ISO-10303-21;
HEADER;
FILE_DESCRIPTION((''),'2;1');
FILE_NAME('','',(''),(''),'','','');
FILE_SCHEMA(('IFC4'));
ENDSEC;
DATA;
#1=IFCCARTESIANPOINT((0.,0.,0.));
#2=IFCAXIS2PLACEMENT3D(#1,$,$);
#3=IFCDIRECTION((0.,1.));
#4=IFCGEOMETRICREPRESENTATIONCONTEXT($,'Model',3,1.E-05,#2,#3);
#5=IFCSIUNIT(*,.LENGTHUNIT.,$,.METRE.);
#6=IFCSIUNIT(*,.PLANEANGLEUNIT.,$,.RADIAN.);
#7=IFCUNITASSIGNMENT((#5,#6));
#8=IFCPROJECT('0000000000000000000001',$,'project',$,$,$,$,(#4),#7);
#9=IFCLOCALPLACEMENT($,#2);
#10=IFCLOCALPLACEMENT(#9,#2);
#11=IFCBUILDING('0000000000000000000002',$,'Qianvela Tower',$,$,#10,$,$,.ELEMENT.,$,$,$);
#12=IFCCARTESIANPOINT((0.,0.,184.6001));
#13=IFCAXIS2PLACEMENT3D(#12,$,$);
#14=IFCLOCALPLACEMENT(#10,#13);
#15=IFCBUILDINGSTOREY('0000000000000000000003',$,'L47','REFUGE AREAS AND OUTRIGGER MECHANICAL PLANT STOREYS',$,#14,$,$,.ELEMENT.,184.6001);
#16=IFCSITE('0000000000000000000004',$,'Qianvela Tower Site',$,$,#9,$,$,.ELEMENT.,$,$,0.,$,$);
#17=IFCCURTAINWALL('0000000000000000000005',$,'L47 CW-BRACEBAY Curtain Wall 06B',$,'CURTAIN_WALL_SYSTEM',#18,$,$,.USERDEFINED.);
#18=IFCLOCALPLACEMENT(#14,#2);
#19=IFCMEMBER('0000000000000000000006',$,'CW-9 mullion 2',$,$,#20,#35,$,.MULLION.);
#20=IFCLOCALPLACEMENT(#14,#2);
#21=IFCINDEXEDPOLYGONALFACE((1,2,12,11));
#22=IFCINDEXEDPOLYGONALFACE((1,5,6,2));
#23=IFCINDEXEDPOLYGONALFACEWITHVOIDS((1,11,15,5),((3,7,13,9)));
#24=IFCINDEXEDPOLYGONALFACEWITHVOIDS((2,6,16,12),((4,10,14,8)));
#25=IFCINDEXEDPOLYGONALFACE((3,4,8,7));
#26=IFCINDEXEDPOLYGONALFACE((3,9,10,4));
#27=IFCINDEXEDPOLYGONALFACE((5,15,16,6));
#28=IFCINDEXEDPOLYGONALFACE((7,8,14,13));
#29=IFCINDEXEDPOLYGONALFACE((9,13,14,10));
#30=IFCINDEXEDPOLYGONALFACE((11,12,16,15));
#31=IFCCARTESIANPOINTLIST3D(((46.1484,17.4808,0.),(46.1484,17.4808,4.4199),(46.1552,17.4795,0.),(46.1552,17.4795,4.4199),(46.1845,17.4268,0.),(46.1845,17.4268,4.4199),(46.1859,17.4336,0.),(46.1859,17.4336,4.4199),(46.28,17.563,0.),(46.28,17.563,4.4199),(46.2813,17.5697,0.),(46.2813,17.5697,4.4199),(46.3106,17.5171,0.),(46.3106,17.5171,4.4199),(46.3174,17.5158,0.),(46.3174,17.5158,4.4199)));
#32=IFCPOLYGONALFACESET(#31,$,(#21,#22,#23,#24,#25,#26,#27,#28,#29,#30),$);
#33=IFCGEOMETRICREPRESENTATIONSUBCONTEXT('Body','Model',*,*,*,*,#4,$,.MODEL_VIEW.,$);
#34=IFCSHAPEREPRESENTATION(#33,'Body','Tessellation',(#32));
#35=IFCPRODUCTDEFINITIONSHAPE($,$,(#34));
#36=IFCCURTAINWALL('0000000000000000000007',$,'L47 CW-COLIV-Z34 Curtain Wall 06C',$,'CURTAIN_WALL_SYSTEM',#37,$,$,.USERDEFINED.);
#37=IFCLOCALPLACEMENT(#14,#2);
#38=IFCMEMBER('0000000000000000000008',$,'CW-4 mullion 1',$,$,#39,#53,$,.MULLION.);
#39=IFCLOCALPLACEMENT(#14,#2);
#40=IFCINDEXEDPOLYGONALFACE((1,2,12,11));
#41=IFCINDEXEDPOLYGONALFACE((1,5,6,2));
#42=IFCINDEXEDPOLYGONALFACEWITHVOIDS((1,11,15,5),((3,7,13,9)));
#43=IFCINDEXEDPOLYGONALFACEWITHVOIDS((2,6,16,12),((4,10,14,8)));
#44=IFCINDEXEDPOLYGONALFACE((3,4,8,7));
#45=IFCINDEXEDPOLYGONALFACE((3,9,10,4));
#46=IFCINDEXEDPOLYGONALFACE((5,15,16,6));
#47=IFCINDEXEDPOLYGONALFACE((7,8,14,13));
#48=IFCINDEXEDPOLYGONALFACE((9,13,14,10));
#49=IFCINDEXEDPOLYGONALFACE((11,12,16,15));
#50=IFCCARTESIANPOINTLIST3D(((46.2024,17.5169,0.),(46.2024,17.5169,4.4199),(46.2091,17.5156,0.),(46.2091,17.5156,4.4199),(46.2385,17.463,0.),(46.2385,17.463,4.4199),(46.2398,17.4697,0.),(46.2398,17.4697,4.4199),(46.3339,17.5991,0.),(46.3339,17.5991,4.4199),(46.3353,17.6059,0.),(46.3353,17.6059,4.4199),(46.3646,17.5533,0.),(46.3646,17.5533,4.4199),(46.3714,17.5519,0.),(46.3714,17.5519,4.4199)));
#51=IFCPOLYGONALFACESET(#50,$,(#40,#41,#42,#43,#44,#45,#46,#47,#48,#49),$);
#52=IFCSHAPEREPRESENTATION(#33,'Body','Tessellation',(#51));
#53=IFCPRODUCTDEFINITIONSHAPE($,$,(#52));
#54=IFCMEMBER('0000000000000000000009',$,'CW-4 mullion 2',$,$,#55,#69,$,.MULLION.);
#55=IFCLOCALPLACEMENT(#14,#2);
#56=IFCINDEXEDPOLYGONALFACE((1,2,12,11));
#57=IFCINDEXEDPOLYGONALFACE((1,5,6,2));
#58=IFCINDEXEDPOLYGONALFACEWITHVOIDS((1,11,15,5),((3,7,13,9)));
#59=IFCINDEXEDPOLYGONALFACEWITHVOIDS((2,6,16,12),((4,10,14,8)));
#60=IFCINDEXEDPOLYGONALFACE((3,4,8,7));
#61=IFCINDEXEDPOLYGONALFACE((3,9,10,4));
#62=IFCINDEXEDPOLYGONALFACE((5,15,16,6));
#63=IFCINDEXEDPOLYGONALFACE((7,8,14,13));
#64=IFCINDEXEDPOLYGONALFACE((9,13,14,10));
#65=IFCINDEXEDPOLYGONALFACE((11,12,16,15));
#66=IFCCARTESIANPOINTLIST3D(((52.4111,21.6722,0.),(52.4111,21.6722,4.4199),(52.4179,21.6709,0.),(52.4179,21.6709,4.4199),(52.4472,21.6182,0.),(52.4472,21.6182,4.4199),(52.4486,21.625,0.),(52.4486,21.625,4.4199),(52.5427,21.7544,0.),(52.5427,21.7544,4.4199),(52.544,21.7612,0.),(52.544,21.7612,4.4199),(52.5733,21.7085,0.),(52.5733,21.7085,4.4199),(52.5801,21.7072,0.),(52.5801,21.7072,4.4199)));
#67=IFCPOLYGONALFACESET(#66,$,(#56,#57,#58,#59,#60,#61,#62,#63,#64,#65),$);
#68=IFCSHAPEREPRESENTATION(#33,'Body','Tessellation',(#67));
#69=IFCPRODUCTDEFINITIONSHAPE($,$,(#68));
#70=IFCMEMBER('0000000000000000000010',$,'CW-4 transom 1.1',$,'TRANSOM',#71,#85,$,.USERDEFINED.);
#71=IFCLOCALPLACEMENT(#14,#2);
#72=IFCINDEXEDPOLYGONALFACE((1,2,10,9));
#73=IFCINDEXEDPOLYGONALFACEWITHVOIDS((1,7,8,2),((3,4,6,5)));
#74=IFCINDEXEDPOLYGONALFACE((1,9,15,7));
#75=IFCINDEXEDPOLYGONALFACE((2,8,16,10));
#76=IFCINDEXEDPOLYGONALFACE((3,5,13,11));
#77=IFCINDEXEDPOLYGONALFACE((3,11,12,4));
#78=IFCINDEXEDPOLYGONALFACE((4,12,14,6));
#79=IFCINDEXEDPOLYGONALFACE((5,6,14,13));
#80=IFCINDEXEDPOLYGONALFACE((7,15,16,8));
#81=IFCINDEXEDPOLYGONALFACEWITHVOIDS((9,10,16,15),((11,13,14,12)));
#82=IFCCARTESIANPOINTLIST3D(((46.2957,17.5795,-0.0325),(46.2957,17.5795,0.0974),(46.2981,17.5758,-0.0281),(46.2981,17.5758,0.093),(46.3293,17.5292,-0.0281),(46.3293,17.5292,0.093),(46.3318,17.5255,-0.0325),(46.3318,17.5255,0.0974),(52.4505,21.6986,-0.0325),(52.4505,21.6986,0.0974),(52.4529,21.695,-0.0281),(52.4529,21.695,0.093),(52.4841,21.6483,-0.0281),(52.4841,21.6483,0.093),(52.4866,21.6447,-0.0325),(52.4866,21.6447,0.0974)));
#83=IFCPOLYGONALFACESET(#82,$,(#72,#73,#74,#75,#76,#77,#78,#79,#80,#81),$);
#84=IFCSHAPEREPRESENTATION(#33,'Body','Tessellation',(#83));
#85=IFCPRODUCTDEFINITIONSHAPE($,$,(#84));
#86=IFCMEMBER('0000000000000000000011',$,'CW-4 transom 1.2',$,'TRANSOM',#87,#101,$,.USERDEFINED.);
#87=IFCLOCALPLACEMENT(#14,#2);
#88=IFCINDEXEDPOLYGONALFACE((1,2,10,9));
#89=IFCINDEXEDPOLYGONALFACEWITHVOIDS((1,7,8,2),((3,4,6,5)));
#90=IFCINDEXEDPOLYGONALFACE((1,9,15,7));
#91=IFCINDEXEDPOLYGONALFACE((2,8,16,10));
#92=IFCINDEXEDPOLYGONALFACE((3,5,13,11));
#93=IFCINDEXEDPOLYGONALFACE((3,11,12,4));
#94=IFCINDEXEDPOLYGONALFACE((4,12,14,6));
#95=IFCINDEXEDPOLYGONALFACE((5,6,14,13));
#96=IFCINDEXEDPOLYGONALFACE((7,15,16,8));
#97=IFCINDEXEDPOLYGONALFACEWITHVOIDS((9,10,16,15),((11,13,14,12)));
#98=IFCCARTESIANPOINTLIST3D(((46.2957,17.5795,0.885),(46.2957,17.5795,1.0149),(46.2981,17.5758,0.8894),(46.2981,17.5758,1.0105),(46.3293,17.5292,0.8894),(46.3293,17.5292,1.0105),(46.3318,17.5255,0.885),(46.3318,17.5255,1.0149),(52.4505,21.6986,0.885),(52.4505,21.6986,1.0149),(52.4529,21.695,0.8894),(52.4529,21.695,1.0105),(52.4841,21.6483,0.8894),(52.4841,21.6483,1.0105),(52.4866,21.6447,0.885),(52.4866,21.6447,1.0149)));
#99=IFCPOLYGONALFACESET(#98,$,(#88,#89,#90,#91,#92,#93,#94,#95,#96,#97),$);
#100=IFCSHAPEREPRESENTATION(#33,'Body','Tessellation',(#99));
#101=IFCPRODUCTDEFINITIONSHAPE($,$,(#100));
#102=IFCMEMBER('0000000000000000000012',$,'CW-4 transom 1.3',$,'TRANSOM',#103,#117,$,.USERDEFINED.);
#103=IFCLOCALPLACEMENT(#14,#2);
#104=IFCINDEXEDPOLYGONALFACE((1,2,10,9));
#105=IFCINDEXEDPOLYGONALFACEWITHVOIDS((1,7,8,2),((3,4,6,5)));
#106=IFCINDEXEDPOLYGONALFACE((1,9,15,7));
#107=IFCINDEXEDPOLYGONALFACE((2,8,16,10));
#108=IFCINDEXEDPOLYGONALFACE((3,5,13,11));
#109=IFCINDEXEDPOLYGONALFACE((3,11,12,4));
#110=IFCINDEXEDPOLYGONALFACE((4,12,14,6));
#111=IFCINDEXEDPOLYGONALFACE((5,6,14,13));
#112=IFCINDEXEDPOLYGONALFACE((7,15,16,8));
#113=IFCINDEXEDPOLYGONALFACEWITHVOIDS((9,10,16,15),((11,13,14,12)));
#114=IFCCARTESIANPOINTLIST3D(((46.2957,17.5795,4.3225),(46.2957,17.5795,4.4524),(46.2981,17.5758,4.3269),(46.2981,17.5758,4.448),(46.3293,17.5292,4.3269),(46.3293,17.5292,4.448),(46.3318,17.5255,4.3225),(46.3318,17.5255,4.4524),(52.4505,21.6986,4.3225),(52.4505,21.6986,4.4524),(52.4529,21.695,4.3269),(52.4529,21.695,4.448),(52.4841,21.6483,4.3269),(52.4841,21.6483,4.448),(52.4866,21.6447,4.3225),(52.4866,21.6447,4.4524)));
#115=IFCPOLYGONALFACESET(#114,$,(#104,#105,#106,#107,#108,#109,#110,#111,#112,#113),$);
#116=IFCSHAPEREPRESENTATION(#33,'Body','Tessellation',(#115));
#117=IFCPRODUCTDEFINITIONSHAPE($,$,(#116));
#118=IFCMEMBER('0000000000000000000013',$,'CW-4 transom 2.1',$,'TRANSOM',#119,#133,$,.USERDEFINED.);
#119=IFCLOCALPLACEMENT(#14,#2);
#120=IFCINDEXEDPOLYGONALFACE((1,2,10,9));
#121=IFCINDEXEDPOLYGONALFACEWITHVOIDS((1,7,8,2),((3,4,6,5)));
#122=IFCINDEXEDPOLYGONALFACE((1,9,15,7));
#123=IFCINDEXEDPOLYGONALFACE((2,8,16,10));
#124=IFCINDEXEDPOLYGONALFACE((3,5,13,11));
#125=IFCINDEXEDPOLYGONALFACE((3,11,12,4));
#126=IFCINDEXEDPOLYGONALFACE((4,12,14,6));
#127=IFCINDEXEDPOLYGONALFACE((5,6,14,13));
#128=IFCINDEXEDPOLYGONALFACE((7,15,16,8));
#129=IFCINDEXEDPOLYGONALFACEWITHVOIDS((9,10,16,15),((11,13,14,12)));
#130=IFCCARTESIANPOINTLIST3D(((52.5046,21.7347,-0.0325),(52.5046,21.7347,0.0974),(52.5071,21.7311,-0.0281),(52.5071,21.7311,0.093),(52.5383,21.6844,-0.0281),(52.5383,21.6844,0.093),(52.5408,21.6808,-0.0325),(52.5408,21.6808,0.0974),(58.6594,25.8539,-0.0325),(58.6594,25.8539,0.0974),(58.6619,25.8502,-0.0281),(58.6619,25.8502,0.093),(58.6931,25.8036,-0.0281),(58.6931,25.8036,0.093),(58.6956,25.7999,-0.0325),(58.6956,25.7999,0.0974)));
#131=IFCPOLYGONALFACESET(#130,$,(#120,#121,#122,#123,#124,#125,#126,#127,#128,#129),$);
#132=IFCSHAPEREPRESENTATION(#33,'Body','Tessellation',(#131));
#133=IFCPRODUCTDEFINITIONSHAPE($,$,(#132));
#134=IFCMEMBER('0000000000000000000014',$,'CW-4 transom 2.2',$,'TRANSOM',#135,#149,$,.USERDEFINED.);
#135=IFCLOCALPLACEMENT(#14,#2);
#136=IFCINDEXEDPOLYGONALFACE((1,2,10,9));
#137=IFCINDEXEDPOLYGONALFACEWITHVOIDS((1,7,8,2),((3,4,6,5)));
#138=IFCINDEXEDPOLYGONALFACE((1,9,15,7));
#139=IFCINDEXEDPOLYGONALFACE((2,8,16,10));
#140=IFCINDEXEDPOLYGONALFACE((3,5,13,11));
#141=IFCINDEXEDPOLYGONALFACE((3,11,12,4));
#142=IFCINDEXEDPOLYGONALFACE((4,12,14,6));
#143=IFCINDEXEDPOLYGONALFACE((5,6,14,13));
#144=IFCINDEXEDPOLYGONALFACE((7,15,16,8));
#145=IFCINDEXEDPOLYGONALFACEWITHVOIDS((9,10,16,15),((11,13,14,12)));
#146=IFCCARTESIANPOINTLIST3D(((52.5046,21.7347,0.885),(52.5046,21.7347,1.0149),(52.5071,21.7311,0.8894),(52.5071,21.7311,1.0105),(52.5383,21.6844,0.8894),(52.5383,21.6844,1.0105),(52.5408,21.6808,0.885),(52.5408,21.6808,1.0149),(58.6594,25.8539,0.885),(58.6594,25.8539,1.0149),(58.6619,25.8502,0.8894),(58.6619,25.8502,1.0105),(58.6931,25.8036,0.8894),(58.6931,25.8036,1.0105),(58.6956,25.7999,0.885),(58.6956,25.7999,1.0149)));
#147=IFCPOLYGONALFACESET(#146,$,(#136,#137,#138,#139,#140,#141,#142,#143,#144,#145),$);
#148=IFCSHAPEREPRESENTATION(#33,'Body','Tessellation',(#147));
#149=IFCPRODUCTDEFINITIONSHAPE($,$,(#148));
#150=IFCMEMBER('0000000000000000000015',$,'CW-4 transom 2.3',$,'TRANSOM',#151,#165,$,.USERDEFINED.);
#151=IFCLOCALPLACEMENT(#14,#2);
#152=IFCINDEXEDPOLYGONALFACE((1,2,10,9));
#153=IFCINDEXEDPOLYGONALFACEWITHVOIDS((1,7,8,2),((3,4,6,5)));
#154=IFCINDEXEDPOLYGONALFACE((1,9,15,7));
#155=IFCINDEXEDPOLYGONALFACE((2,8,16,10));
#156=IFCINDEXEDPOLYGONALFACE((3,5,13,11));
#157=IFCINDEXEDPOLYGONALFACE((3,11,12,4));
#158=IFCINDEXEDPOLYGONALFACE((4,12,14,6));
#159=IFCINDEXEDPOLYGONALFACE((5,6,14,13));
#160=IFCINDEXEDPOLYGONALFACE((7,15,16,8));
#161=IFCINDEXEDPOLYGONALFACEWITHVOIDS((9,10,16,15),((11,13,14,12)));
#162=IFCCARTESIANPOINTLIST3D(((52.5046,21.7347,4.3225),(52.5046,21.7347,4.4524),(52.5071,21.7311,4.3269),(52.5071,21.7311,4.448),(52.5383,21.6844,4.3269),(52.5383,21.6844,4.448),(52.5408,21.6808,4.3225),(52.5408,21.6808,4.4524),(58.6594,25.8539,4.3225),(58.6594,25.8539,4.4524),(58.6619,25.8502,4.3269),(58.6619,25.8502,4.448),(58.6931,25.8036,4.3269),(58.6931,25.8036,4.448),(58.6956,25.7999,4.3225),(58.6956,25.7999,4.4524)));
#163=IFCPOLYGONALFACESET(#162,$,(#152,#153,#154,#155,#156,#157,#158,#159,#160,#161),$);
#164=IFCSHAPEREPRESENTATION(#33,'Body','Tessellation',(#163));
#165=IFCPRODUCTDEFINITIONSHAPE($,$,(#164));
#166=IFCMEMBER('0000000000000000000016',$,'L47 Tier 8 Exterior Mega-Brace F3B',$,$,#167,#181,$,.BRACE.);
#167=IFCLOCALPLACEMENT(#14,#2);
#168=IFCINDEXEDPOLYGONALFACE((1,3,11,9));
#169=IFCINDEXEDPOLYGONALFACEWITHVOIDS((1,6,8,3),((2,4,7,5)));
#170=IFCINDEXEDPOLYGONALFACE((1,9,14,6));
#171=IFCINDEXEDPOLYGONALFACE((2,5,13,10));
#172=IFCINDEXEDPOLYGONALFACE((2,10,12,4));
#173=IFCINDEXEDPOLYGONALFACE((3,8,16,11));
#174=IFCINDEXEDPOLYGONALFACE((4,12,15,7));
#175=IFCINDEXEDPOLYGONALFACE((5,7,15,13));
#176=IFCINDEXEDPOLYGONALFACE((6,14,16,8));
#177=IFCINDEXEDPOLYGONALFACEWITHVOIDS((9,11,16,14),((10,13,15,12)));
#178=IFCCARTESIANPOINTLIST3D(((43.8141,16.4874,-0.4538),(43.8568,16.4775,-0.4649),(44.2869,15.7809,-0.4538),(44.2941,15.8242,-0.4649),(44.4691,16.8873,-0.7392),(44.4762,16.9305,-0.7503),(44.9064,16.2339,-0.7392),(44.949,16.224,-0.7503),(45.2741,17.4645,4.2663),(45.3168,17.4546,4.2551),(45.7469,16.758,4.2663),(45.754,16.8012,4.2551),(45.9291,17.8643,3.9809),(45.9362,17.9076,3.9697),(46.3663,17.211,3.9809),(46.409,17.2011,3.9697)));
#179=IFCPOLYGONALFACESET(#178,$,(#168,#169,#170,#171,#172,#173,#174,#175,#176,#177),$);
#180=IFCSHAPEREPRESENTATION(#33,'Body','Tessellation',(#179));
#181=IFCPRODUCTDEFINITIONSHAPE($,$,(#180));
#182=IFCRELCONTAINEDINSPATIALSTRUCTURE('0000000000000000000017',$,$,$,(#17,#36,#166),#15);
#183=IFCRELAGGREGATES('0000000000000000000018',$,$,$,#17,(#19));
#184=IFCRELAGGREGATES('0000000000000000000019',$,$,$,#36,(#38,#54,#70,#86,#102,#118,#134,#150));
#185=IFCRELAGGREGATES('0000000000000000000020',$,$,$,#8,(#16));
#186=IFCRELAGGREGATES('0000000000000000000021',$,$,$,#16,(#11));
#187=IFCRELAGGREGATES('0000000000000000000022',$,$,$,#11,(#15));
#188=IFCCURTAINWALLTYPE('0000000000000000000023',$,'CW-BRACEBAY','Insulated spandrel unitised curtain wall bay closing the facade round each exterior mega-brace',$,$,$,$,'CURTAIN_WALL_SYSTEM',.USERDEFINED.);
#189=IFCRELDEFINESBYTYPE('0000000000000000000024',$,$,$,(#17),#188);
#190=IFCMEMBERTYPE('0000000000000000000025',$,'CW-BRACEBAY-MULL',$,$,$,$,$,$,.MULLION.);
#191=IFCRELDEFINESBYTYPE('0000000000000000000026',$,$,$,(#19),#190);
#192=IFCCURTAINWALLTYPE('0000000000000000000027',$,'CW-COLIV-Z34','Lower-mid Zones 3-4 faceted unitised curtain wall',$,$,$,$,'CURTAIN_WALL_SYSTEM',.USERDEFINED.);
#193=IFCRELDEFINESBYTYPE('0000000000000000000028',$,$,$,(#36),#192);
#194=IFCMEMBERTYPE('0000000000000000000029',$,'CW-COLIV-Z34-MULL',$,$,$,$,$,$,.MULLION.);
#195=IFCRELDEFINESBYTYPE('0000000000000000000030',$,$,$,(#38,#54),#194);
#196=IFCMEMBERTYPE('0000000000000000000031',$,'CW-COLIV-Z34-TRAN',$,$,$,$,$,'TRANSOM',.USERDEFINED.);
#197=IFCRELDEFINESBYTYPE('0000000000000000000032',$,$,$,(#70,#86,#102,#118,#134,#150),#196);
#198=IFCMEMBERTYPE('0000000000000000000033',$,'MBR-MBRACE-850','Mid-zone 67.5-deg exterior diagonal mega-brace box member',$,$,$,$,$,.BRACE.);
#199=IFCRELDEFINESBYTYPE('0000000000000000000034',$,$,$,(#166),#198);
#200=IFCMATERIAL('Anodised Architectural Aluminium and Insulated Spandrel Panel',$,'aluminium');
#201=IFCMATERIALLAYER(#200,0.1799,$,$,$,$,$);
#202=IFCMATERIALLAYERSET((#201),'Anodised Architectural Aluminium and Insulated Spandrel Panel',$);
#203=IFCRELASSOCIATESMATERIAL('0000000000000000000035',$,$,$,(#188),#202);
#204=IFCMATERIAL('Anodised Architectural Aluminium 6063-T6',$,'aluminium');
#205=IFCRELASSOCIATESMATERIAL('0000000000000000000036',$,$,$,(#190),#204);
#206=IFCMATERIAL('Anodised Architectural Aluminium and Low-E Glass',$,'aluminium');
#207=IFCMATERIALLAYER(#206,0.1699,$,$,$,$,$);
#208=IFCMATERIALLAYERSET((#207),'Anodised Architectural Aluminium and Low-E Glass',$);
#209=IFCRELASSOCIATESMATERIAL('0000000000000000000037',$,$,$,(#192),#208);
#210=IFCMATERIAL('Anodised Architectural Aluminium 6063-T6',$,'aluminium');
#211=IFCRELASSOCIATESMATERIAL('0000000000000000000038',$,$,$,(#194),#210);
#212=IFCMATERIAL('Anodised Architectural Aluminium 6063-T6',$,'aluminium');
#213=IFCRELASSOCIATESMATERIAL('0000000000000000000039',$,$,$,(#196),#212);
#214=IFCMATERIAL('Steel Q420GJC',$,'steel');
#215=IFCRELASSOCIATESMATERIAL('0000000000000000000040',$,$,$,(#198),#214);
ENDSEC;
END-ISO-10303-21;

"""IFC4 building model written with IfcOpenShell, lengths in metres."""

from ifc_helpers import new_model, si_unit, direction, frame, origin, origin_2d, place, context, subcontext, project, spatial, hollow_rectangle, extrude, material, layer, layer_set, material_profile, profile_set, type_object, element, aggregate, save


model = new_model("IFC4")

# Units and contexts
model_context = context("Model", 3, precision=1e-05, world=origin(), true_north=direction((0.0, 1.0)))
body_context = subcontext(model_context, "Body", "Model", "MODEL_VIEW")
ifc_project = project(units=[si_unit("LENGTHUNIT", "METRE"), si_unit("PLANEANGLEUNIT", "RADIAN")], contexts=[model_context])

# Site, building, storey
site_placement = place(None, origin())
site = spatial("IfcSite", under=ifc_project, at=site_placement, Name="Qianvela Tower Site", CompositionType="ELEMENT", RefElevation=0.0)
building_placement = place(site_placement, origin())
building = spatial("IfcBuilding", under=site, at=building_placement, Name="Qianvela Tower", CompositionType="ELEMENT")
storey_placement = place(building_placement, frame((0.0, 0.0, 184.6001)))
storey = spatial("IfcBuildingStorey", under=building, at=storey_placement, Name="L47", Description="REFUGE AREAS AND OUTRIGGER MECHANICAL PLANT STOREYS", CompositionType="ELEMENT", Elevation=184.6001)

# Curtain wall, member
ifc_material_1 = material(Name="Anodised Architectural Aluminium and Insulated Spandrel Panel", Category="aluminium")
ifc_layer_1 = layer(ifc_material_1, 0.1799)
ifc_layer_set_1 = layer_set([ifc_layer_1], Name="Anodised Architectural Aluminium and Insulated Spandrel Panel")
curtain_wall_type_1 = type_object("IfcCurtainWallType", Name="CW-BRACEBAY", Description="Insulated spandrel unitised curtain wall bay closing the facade round each exterior mega-brace", ElementType="CURTAIN_WALL_SYSTEM", PredefinedType="USERDEFINED", material=ifc_layer_set_1)
curtain_wall_1_placement = place(storey_placement, origin())
curtain_wall_1 = element("IfcCurtainWall", 1, at=curtain_wall_1_placement, inside=storey, type_object=curtain_wall_type_1, Name="L47 CW-BRACEBAY Curtain Wall 06B", ObjectType="CURTAIN_WALL_SYSTEM", PredefinedType="USERDEFINED")
ifc_material_2 = material(Name="Anodised Architectural Aluminium 6063-T6", Category="aluminium")
ifc_material_profile_1 = material_profile(ifc_material_2, hollow_rectangle(XDim=0.0649, YDim=0.1599, WallThickness=0.0049, at=origin_2d()), Name="ALU-MULL-65x160")
ifc_profile_set_1 = profile_set([ifc_material_profile_1], Name="Anodised Architectural Aluminium 6063-T6")
member_type_1 = type_object("IfcMemberType", Name="CW-BRACEBAY-MULL", PredefinedType="MULLION", material=ifc_profile_set_1)
member_1_placement = place(storey_placement, frame((46.2329, 17.4983, 0.0), z_axis=(0.0, 0.0, 1.0), x_axis=(-0.556196, 0.831051, 0.0)))
member_1 = element("IfcMember", 2, at=member_1_placement, type_object=member_type_1, Name="CW-9 mullion 2", PredefinedType="MULLION", context=body_context, shape_type="SweptSolid", body=[
    extrude(hollow_rectangle(XDim=0.0649, YDim=0.1599, WallThickness=0.0049, at=origin_2d()), origin(), (0.0, 0.0, 1.0), 4.4199),
])

# Curtain wall, members
ifc_material_3 = material(Name="Anodised Architectural Aluminium and Low-E Glass", Category="aluminium")
ifc_layer_2 = layer(ifc_material_3, 0.1699)
ifc_layer_set_2 = layer_set([ifc_layer_2], Name="Anodised Architectural Aluminium and Low-E Glass")
curtain_wall_type_2 = type_object("IfcCurtainWallType", Name="CW-COLIV-Z34", Description="Lower-mid Zones 3-4 faceted unitised curtain wall", ElementType="CURTAIN_WALL_SYSTEM", PredefinedType="USERDEFINED", material=ifc_layer_set_2)
curtain_wall_2_placement = place(storey_placement, origin())
curtain_wall_2 = element("IfcCurtainWall", 3, at=curtain_wall_2_placement, inside=storey, type_object=curtain_wall_type_2, Name="L47 CW-COLIV-Z34 Curtain Wall 06C", ObjectType="CURTAIN_WALL_SYSTEM", PredefinedType="USERDEFINED")
ifc_material_4 = material(Name="Anodised Architectural Aluminium 6063-T6", Category="aluminium")
ifc_material_profile_2 = material_profile(ifc_material_4, hollow_rectangle(XDim=0.0649, YDim=0.1599, WallThickness=0.0049, at=origin_2d()), Name="ALU-MULL-65x160")
ifc_profile_set_2 = profile_set([ifc_material_profile_2], Name="Anodised Architectural Aluminium 6063-T6")
member_type_2 = type_object("IfcMemberType", Name="CW-COLIV-Z34-MULL", PredefinedType="MULLION", material=ifc_profile_set_2)
member_2_placement = place(storey_placement, frame((46.2869, 17.5344, 0.0), z_axis=(0.0, 0.0, 1.0), x_axis=(-0.556194, 0.831052, 0.0)))
member_2 = element("IfcMember", 4, at=member_2_placement, type_object=member_type_2, Name="CW-4 mullion 1", PredefinedType="MULLION", context=body_context, shape_type="SweptSolid", body=[
    extrude(hollow_rectangle(XDim=0.0649, YDim=0.1599, WallThickness=0.0049, at=origin_2d()), origin(), (0.0, 0.0, 1.0), 4.4199),
])
member_3_placement = place(storey_placement, frame((52.4956, 21.6897, 0.0), z_axis=(0.0, 0.0, 1.0), x_axis=(-0.556194, 0.831052, 0.0)))
member_3 = element("IfcMember", 5, at=member_3_placement, type_object=member_type_2, Name="CW-4 mullion 2", PredefinedType="MULLION", context=body_context, shape_type="SweptSolid", body=[
    extrude(hollow_rectangle(XDim=0.0649, YDim=0.1599, WallThickness=0.0049, at=origin_2d()), origin(), (0.0, 0.0, 1.0), 4.4199),
])
ifc_material_5 = material(Name="Anodised Architectural Aluminium 6063-T6", Category="aluminium")
ifc_material_profile_3 = material_profile(ifc_material_5, hollow_rectangle(XDim=0.0649, YDim=0.1299, WallThickness=0.0044, at=origin_2d()), Name="ALU-TRAN-65x130")
ifc_profile_set_3 = profile_set([ifc_material_profile_3], Name="Anodised Architectural Aluminium 6063-T6")
member_type_3 = type_object("IfcMemberType", Name="CW-COLIV-Z34-TRAN", ElementType="TRANSOM", PredefinedType="USERDEFINED", material=ifc_profile_set_3)
member_4_placement = place(storey_placement, frame((46.3137, 17.5525, 0.0325), z_axis=(0.831055, 0.55619, 0.0), x_axis=(-0.55619, 0.831055, 0.0)))
member_4 = element("IfcMember", 6, at=member_4_placement, type_object=member_type_3, Name="CW-4 transom 1.1", ObjectType="TRANSOM", PredefinedType="USERDEFINED", context=body_context, shape_type="SweptSolid", body=[
    extrude(hollow_rectangle(XDim=0.0649, YDim=0.1299, WallThickness=0.0044, at=origin_2d()), origin(), (0.0, 0.0, 1.0), 7.406),
])
member_5_placement = place(storey_placement, frame((46.3137, 17.5525, 0.95), z_axis=(0.831055, 0.55619, 0.0), x_axis=(-0.55619, 0.831055, 0.0)))
member_5 = element("IfcMember", 7, at=member_5_placement, type_object=member_type_3, Name="CW-4 transom 1.2", ObjectType="TRANSOM", PredefinedType="USERDEFINED", context=body_context, shape_type="SweptSolid", body=[
    extrude(hollow_rectangle(XDim=0.0649, YDim=0.1299, WallThickness=0.0044, at=origin_2d()), origin(), (0.0, 0.0, 1.0), 7.406),
])
member_6_placement = place(storey_placement, frame((46.3137, 17.5525, 4.3875), z_axis=(0.831055, 0.55619, 0.0), x_axis=(-0.55619, 0.831055, 0.0)))
member_6 = element("IfcMember", 8, at=member_6_placement, type_object=member_type_3, Name="CW-4 transom 1.3", ObjectType="TRANSOM", PredefinedType="USERDEFINED", context=body_context, shape_type="SweptSolid", body=[
    extrude(hollow_rectangle(XDim=0.0649, YDim=0.1299, WallThickness=0.0044, at=origin_2d()), origin(), (0.0, 0.0, 1.0), 7.406),
])
member_7_placement = place(storey_placement, frame((52.5227, 21.7078, 0.0325), z_axis=(0.831055, 0.55619, 0.0), x_axis=(-0.55619, 0.831055, 0.0)))
member_7 = element("IfcMember", 9, at=member_7_placement, type_object=member_type_3, Name="CW-4 transom 2.1", ObjectType="TRANSOM", PredefinedType="USERDEFINED", context=body_context, shape_type="SweptSolid", body=[
    extrude(hollow_rectangle(XDim=0.0649, YDim=0.1299, WallThickness=0.0044, at=origin_2d()), origin(), (0.0, 0.0, 1.0), 7.406),
])
member_8_placement = place(storey_placement, frame((52.5227, 21.7078, 0.95), z_axis=(0.831055, 0.55619, 0.0), x_axis=(-0.55619, 0.831055, 0.0)))
member_8 = element("IfcMember", 10, at=member_8_placement, type_object=member_type_3, Name="CW-4 transom 2.2", ObjectType="TRANSOM", PredefinedType="USERDEFINED", context=body_context, shape_type="SweptSolid", body=[
    extrude(hollow_rectangle(XDim=0.0649, YDim=0.1299, WallThickness=0.0044, at=origin_2d()), origin(), (0.0, 0.0, 1.0), 7.406),
])
member_9_placement = place(storey_placement, frame((52.5227, 21.7078, 4.3875), z_axis=(0.831055, 0.55619, 0.0), x_axis=(-0.55619, 0.831055, 0.0)))
member_9 = element("IfcMember", 11, at=member_9_placement, type_object=member_type_3, Name="CW-4 transom 2.3", ObjectType="TRANSOM", PredefinedType="USERDEFINED", context=body_context, shape_type="SweptSolid", body=[
    extrude(hollow_rectangle(XDim=0.0649, YDim=0.1299, WallThickness=0.0044, at=origin_2d()), origin(), (0.0, 0.0, 1.0), 7.406),
])

# Member
ifc_material_6 = material(Name="Steel Q420GJC", Category="steel")
ifc_material_profile_4 = material_profile(ifc_material_6, hollow_rectangle(XDim=0.8501, YDim=0.8501, WallThickness=0.032, at=origin_2d()), Name="MBOX-850x850x32")
ifc_profile_set_4 = profile_set([ifc_material_profile_4], Name="Steel Q420GJC")
member_type_4 = type_object("IfcMemberType", Name="MBR-MBRACE-850", Description="Mid-zone 67.5-deg exterior diagonal mega-brace box member", PredefinedType="BRACE", material=ifc_profile_set_4)
member_10_placement = place(storey_placement, frame((44.3816, 16.3557, -0.6021), z_axis=(0.289888, 0.194002, 0.937192), x_axis=(-0.556175, 0.831065, 0.0)))
element("IfcMember", 12, at=member_10_placement, inside=storey, type_object=member_type_4, Name="L47 Tier 8 Exterior Mega-Brace F3B", PredefinedType="BRACE", context=body_context, shape_type="SweptSolid", body=[
    extrude(hollow_rectangle(XDim=0.8501, YDim=0.8501, WallThickness=0.032, at=origin_2d()), origin(), (0.0, 0.0, 1.0), 5.0364),
])

aggregate(curtain_wall_1, [member_1])
aggregate(curtain_wall_2, [member_2, member_3, member_4, member_5, member_6, member_7, member_8, member_9])

save(model, "model.ifc")
